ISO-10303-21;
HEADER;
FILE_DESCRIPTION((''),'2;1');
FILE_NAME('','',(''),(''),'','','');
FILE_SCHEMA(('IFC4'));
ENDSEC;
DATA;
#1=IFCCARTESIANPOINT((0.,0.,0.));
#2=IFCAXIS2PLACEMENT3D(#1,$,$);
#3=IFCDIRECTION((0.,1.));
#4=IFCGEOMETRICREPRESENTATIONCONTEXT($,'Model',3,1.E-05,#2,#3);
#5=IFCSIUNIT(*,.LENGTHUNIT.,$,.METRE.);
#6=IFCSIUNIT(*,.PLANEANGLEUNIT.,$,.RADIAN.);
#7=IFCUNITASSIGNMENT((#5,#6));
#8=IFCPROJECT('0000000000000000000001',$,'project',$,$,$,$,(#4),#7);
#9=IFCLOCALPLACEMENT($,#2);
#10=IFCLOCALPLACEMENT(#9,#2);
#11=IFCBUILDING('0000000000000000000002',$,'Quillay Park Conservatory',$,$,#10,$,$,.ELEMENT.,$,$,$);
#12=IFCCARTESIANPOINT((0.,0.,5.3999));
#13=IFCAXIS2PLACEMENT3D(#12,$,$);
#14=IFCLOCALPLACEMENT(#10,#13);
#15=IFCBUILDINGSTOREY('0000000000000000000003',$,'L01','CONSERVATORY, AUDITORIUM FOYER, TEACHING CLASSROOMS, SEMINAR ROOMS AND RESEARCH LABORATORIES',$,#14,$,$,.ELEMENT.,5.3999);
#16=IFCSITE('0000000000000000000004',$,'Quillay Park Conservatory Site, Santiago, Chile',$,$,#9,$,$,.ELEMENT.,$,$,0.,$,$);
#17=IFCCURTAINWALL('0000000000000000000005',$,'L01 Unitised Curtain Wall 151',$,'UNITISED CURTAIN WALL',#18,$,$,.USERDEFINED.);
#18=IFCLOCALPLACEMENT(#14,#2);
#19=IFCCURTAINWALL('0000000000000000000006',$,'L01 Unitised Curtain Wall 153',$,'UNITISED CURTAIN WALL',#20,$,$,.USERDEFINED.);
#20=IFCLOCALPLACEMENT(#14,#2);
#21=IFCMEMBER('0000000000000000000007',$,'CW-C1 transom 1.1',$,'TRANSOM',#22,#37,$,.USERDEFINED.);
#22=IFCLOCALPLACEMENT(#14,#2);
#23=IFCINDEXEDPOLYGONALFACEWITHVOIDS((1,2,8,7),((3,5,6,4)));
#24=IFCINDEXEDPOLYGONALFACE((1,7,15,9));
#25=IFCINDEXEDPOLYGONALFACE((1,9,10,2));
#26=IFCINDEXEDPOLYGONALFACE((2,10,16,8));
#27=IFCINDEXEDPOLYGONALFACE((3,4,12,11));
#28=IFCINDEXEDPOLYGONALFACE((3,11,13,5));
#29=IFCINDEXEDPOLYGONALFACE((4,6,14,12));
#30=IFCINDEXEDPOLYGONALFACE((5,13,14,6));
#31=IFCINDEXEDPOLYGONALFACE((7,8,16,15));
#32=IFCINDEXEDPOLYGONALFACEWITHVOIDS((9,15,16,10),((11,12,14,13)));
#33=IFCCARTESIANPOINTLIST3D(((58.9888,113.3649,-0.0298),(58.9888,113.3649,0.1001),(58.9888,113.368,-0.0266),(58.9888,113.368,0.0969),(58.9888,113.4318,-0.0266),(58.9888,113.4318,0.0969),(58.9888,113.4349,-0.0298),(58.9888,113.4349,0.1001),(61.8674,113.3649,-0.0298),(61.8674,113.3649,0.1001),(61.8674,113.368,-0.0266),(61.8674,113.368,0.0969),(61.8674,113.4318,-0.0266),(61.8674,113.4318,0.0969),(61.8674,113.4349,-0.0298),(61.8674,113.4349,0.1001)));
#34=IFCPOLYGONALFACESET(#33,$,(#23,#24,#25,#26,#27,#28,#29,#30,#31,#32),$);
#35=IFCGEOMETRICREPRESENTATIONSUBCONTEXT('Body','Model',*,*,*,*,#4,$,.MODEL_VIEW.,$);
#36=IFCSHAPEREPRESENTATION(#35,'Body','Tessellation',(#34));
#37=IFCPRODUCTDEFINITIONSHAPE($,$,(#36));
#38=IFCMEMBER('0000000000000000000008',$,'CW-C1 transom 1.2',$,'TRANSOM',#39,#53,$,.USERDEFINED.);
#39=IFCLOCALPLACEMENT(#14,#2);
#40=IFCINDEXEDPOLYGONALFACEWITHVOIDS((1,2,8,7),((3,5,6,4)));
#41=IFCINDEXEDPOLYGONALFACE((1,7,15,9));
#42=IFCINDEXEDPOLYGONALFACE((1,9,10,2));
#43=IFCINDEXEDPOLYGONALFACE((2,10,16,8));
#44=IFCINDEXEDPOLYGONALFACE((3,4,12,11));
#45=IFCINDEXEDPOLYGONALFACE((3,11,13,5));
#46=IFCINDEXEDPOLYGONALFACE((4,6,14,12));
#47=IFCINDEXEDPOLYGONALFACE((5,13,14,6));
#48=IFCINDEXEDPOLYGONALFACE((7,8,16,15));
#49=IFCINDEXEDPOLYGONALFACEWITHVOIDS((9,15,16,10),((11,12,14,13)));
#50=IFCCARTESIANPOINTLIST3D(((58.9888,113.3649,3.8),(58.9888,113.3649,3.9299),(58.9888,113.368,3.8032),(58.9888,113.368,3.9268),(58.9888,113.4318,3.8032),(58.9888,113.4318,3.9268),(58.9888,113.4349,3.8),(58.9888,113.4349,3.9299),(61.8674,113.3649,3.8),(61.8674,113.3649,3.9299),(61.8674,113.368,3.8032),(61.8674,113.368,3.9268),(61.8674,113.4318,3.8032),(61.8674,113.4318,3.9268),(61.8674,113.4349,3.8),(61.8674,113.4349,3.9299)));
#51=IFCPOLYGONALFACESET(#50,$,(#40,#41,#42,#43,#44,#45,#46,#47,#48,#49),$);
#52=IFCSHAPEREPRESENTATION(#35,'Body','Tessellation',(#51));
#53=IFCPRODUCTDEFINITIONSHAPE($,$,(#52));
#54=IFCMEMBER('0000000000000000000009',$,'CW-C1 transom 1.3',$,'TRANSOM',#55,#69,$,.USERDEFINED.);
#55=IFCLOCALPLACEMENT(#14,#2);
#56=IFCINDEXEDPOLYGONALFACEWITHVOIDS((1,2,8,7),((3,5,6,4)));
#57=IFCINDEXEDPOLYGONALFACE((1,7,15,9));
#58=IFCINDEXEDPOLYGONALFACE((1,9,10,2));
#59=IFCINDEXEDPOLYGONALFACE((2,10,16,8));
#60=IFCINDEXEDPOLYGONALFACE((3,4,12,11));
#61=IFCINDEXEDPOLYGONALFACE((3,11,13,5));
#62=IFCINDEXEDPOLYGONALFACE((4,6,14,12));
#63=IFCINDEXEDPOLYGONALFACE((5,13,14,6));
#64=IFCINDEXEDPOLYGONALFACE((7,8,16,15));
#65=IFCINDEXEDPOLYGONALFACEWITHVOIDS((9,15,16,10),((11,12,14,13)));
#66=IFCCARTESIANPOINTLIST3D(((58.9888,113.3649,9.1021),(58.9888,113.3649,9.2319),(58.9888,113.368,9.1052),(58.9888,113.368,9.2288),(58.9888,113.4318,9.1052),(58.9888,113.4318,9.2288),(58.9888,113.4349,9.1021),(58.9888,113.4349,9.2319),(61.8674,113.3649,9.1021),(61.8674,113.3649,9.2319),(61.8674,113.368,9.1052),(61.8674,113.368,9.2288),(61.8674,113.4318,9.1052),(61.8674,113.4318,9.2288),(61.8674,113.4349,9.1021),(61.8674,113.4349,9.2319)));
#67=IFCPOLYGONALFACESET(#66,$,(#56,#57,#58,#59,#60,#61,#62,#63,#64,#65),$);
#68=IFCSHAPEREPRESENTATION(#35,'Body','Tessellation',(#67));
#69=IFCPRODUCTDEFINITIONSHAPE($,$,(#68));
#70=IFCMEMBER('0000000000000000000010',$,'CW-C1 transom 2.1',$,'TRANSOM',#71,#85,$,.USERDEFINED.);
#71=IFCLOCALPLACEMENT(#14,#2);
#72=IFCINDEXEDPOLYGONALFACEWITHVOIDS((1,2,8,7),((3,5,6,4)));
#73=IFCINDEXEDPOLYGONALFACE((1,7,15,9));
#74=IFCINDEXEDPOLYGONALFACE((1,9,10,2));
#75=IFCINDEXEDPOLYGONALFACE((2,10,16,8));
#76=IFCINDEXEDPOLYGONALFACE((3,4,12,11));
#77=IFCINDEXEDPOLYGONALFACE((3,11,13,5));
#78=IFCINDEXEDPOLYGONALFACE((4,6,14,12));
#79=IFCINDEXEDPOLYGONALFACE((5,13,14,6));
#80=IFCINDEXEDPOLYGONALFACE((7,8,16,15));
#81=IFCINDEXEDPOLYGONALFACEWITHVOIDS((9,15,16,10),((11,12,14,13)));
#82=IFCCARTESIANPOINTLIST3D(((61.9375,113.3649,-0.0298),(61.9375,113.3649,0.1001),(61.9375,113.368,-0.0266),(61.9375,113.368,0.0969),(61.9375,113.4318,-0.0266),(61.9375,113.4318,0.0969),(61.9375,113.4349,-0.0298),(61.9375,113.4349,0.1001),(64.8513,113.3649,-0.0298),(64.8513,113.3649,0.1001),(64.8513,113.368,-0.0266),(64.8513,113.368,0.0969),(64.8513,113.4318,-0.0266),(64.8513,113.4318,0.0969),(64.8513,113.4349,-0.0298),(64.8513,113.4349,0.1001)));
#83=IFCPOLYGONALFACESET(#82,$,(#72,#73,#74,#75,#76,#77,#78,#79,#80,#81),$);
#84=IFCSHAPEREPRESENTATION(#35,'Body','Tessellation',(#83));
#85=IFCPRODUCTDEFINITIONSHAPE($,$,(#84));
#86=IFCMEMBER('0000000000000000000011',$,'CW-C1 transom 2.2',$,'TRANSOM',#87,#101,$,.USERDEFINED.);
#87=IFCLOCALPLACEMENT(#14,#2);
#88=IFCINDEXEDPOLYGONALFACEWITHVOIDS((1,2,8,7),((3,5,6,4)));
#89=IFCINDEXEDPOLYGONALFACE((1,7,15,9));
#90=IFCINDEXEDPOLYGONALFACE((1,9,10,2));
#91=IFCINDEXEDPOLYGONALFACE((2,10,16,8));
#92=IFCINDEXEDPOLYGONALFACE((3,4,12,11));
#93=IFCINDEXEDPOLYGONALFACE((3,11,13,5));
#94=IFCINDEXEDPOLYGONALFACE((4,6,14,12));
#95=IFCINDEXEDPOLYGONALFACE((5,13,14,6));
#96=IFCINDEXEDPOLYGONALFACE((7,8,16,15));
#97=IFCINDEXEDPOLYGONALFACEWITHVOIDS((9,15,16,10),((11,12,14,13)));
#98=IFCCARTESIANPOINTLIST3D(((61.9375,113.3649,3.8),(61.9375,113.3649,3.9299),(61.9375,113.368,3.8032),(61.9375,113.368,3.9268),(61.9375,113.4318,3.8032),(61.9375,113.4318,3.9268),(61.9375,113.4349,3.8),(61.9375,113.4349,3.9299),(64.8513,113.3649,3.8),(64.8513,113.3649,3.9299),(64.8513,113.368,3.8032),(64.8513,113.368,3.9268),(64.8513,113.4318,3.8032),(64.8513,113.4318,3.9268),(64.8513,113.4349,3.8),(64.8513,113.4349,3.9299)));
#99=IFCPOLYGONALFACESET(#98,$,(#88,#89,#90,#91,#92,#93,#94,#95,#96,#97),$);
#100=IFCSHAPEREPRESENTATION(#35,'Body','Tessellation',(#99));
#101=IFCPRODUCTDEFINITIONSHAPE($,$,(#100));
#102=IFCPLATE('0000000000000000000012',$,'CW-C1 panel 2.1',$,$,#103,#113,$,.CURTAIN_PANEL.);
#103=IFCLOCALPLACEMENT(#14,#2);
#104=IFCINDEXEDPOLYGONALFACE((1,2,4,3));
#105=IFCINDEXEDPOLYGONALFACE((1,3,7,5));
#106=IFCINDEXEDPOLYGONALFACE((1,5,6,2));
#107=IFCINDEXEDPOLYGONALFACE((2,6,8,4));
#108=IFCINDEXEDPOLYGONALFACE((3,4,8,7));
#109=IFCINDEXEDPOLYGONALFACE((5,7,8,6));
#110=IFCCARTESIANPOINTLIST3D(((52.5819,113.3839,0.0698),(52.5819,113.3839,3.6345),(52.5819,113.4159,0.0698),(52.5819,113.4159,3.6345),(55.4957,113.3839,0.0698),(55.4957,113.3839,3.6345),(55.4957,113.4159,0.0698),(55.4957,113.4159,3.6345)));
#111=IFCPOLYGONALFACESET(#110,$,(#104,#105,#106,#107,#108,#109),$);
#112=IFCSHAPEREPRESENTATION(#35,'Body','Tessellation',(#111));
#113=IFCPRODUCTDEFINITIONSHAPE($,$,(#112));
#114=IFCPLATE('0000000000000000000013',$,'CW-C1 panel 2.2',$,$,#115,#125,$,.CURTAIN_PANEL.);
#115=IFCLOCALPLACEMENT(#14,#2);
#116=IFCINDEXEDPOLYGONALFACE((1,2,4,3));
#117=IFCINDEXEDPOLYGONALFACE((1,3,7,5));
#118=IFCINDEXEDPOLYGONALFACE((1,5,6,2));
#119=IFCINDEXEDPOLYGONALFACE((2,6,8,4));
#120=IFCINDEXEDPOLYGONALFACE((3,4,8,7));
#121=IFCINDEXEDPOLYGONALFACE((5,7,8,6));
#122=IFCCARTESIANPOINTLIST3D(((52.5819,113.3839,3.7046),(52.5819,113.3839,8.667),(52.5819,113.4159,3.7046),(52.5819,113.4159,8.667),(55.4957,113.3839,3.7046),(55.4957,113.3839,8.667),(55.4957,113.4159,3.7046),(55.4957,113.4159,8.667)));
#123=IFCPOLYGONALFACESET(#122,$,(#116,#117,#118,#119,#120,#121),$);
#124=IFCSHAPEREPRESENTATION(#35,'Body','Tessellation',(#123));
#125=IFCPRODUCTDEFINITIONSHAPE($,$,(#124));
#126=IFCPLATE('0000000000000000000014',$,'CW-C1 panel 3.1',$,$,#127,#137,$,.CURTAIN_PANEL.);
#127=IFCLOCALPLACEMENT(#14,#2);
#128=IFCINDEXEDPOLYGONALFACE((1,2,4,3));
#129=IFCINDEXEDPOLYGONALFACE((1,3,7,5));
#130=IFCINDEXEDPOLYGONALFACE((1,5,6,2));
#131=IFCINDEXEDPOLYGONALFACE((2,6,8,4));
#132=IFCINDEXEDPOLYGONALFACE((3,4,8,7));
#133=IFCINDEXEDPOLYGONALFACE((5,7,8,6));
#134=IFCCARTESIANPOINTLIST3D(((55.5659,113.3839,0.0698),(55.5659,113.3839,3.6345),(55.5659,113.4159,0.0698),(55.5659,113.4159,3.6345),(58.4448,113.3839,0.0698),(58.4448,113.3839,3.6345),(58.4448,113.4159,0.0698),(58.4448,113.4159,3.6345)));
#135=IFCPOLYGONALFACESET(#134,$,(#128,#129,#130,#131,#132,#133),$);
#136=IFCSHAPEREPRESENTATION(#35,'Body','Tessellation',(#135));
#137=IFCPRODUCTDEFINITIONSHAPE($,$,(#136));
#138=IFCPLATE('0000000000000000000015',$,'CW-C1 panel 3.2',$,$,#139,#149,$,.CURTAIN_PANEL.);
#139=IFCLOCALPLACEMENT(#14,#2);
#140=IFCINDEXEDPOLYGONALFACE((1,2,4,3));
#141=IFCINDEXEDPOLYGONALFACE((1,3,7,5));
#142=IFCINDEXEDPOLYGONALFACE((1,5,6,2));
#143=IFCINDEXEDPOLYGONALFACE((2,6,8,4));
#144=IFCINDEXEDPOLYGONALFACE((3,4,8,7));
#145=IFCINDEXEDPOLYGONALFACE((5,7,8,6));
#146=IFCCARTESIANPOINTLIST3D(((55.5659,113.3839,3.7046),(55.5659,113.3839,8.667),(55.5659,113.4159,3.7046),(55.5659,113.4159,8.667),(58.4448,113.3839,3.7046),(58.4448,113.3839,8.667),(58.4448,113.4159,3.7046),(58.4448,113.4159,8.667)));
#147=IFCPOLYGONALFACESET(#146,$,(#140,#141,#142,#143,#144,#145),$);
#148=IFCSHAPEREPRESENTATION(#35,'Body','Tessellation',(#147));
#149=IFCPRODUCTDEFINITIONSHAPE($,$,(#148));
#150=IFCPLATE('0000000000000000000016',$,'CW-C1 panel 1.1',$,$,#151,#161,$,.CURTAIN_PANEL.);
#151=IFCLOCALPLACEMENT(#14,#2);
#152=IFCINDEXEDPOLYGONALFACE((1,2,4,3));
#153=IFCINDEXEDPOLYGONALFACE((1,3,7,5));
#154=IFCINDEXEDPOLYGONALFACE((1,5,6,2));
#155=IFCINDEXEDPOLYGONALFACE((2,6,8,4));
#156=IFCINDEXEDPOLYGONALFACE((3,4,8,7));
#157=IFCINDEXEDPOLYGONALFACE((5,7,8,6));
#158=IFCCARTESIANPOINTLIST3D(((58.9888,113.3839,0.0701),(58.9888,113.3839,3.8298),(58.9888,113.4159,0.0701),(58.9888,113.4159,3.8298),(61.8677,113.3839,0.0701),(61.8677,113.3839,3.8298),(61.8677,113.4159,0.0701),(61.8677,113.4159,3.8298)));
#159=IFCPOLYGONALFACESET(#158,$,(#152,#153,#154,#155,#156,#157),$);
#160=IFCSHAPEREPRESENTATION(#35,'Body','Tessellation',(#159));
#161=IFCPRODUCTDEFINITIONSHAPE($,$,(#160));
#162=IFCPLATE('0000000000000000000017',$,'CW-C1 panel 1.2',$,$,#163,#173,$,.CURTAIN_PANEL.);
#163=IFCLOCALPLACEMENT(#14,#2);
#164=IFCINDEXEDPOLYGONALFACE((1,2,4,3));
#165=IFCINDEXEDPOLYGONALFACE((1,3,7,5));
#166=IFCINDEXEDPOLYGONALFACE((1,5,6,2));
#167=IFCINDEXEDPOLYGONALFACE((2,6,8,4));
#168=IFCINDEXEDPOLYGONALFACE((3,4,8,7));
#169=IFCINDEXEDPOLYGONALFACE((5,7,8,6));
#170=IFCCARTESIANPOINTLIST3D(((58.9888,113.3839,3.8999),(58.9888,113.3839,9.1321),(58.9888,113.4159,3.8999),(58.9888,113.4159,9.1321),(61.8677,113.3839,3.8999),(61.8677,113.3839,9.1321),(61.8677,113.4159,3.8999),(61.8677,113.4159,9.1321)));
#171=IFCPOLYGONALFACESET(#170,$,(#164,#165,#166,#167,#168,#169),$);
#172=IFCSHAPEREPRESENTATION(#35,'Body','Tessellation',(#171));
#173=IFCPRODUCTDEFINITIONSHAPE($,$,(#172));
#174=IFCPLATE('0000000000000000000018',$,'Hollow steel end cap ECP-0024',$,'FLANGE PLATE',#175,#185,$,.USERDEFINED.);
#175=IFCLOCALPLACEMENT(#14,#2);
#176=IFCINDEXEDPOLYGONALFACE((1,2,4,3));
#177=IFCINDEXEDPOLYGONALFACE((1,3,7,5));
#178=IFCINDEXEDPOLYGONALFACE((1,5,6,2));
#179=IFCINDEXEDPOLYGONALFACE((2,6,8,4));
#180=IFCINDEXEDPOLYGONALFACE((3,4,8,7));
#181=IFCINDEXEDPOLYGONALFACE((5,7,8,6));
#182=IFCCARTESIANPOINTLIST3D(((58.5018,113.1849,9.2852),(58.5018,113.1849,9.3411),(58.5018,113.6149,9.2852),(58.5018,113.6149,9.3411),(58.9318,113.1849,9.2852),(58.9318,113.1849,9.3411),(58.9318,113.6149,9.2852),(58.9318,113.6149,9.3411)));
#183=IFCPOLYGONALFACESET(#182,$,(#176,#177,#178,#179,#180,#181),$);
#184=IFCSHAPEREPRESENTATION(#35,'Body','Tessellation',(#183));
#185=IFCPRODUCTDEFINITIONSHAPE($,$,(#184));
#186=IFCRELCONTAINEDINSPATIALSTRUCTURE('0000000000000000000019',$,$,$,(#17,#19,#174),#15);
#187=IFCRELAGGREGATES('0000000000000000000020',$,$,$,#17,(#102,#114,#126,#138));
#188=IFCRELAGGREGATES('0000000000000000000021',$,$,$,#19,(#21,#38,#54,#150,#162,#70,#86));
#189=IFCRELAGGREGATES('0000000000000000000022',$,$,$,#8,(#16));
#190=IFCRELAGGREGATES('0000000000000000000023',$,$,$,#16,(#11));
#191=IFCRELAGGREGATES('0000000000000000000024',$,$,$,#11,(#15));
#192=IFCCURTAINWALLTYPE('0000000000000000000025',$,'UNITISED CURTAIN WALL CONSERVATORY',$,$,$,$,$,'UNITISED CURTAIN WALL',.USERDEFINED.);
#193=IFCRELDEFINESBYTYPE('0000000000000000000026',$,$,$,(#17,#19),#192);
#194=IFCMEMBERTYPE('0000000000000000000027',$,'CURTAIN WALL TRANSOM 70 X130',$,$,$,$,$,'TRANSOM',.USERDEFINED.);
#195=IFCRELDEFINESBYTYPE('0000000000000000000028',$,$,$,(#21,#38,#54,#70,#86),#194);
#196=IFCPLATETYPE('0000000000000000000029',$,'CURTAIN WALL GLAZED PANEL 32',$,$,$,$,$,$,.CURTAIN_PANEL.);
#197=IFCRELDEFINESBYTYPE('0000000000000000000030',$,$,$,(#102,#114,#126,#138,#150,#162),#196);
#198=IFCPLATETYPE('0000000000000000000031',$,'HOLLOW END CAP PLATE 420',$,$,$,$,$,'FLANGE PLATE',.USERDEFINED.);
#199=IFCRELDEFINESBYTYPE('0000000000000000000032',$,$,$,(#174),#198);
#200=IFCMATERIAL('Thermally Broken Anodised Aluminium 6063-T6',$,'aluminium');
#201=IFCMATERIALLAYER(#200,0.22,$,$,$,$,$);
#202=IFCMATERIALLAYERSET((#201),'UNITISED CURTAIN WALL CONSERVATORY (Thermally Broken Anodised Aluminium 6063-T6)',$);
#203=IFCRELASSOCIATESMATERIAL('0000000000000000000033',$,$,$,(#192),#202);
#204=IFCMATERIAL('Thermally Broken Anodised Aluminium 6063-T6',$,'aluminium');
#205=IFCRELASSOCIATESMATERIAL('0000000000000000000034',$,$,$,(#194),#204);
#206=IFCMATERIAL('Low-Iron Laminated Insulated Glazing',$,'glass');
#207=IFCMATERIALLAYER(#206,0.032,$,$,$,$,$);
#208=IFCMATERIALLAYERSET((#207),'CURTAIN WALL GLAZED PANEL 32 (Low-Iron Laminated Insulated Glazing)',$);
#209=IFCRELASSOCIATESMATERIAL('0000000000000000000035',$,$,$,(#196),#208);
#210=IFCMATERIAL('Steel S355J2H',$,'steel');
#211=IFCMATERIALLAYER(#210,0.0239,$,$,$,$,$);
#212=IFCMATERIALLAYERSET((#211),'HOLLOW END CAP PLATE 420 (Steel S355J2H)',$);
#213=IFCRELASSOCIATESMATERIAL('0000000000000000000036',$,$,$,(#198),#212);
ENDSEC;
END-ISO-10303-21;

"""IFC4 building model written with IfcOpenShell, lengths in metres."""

from ifc_helpers import new_model, si_unit, direction, frame, origin, origin_2d, place, context, subcontext, project, spatial, rectangle, hollow_rectangle, extrude, material, layer, layer_set, material_profile, profile_set, type_object, element, aggregate, save


model = new_model("IFC4")

# Units and contexts
model_context = context("Model", 3, precision=1e-05, world=origin(), true_north=direction((0.0, 1.0)))
body_context = subcontext(model_context, "Body", "Model", "MODEL_VIEW")
ifc_project = project(units=[si_unit("LENGTHUNIT", "METRE"), si_unit("PLANEANGLEUNIT", "RADIAN")], contexts=[model_context])

# Site, building, storey
site_placement = place(None, origin())
site = spatial("IfcSite", under=ifc_project, at=site_placement, Name="Quillay Park Conservatory Site, Santiago, Chile", CompositionType="ELEMENT", RefElevation=0.0)
building_placement = place(site_placement, origin())
building = spatial("IfcBuilding", under=site, at=building_placement, Name="Quillay Park Conservatory", CompositionType="ELEMENT")
storey_placement = place(building_placement, frame((0.0, 0.0, 5.3999)))
storey = spatial("IfcBuildingStorey", under=building, at=storey_placement, Name="L01", Description="CONSERVATORY, AUDITORIUM FOYER, TEACHING CLASSROOMS, SEMINAR ROOMS AND RESEARCH LABORATORIES", CompositionType="ELEMENT", Elevation=5.3999)

# Curtain walls
ifc_material_1 = material(Name="Thermally Broken Anodised Aluminium 6063-T6", Category="aluminium")
ifc_layer_1 = layer(ifc_material_1, 0.22)
ifc_layer_set_1 = layer_set([ifc_layer_1], Name="UNITISED CURTAIN WALL CONSERVATORY (Thermally Broken Anodised Aluminium 6063-T6)")
curtain_wall_type = type_object("IfcCurtainWallType", Name="UNITISED CURTAIN WALL CONSERVATORY", ElementType="UNITISED CURTAIN WALL", PredefinedType="USERDEFINED", material=ifc_layer_set_1)
curtain_wall_1_placement = place(storey_placement, origin())
curtain_wall_1 = element("IfcCurtainWall", 1, at=curtain_wall_1_placement, inside=storey, type_object=curtain_wall_type, Name="L01 Unitised Curtain Wall 151", ObjectType="UNITISED CURTAIN WALL", PredefinedType="USERDEFINED")
curtain_wall_2_placement = place(storey_placement, origin())
curtain_wall_2 = element("IfcCurtainWall", 2, at=curtain_wall_2_placement, inside=storey, type_object=curtain_wall_type, Name="L01 Unitised Curtain Wall 153", ObjectType="UNITISED CURTAIN WALL", PredefinedType="USERDEFINED")

# Members
ifc_material_2 = material(Name="Thermally Broken Anodised Aluminium 6063-T6", Category="aluminium")
ifc_material_profile_1 = material_profile(ifc_material_2, hollow_rectangle(XDim=0.0701, YDim=0.1299, WallThickness=0.0032, at=origin_2d()), Name="AL70x130x3.2")
ifc_profile_set_1 = profile_set([ifc_material_profile_1], Name="Thermally Broken Anodised Aluminium 6063-T6")
member_type_1 = type_object("IfcMemberType", Name="CURTAIN WALL TRANSOM 70 X130", ElementType="TRANSOM", PredefinedType="USERDEFINED", material=ifc_profile_set_1)
member_1_placement = place(storey_placement, frame((58.9888, 113.3999, 0.0352), z_axis=(1.0, 0.0, 0.0), x_axis=(0.0, 1.0, 0.0)))
member_1 = element("IfcMember", 3, at=member_1_placement, type_object=member_type_1, Name="CW-C1 transom 1.1", ObjectType="TRANSOM", PredefinedType="USERDEFINED", context=body_context, shape_type="SweptSolid", body=[
    extrude(hollow_rectangle(XDim=0.0701, YDim=0.1299, WallThickness=0.0032, at=origin_2d()), origin(), (0.0, 0.0, 1.0), 2.8787),
])
member_2_placement = place(storey_placement, frame((58.9888, 113.3999, 3.865), z_axis=(1.0, 0.0, 0.0), x_axis=(0.0, 1.0, 0.0)))
member_2 = element("IfcMember", 4, at=member_2_placement, type_object=member_type_1, Name="CW-C1 transom 1.2", ObjectType="TRANSOM", PredefinedType="USERDEFINED", context=body_context, shape_type="SweptSolid", body=[
    extrude(hollow_rectangle(XDim=0.0701, YDim=0.1299, WallThickness=0.0032, at=origin_2d()), origin(), (0.0, 0.0, 1.0), 2.8787),
])
member_3_placement = place(storey_placement, frame((58.9888, 113.3999, 9.167), z_axis=(1.0, 0.0, 0.0), x_axis=(0.0, 1.0, 0.0)))
member_3 = element("IfcMember", 5, at=member_3_placement, type_object=member_type_1, Name="CW-C1 transom 1.3", ObjectType="TRANSOM", PredefinedType="USERDEFINED", context=body_context, shape_type="SweptSolid", body=[
    extrude(hollow_rectangle(XDim=0.0701, YDim=0.1299, WallThickness=0.0032, at=origin_2d()), origin(), (0.0, 0.0, 1.0), 2.8787),
])
member_4_placement = place(storey_placement, frame((61.9375, 113.3999, 0.0352), z_axis=(1.0, 0.0, 0.0), x_axis=(0.0, 1.0, 0.0)))
member_4 = element("IfcMember", 6, at=member_4_placement, type_object=member_type_1, Name="CW-C1 transom 2.1", ObjectType="TRANSOM", PredefinedType="USERDEFINED", context=body_context, shape_type="SweptSolid", body=[
    extrude(hollow_rectangle(XDim=0.0701, YDim=0.1299, WallThickness=0.0032, at=origin_2d()), origin(), (0.0, 0.0, 1.0), 2.9138),
])
member_5_placement = place(storey_placement, frame((61.9375, 113.3999, 3.865), z_axis=(1.0, 0.0, 0.0), x_axis=(0.0, 1.0, 0.0)))
member_5 = element("IfcMember", 7, at=member_5_placement, type_object=member_type_1, Name="CW-C1 transom 2.2", ObjectType="TRANSOM", PredefinedType="USERDEFINED", context=body_context, shape_type="SweptSolid", body=[
    extrude(hollow_rectangle(XDim=0.0701, YDim=0.1299, WallThickness=0.0032, at=origin_2d()), origin(), (0.0, 0.0, 1.0), 2.9138),
])

# Plates
ifc_material_3 = material(Name="Low-Iron Laminated Insulated Glazing", Category="glass")
ifc_layer_2 = layer(ifc_material_3, 0.032)
ifc_layer_set_2 = layer_set([ifc_layer_2], Name="CURTAIN WALL GLAZED PANEL 32 (Low-Iron Laminated Insulated Glazing)")
plate_type_1 = type_object("IfcPlateType", Name="CURTAIN WALL GLAZED PANEL 32", PredefinedType="CURTAIN_PANEL", material=ifc_layer_set_2)
plate_1_placement = place(storey_placement, frame((54.0388, 113.3999, 0.0698), z_axis=(0.0, 0.0, 1.0), x_axis=(1.0, 0.0, 0.0)))
plate_1 = element("IfcPlate", 8, at=plate_1_placement, type_object=plate_type_1, Name="CW-C1 panel 2.1", PredefinedType="CURTAIN_PANEL", context=body_context, shape_type="SweptSolid", body=[
    extrude(rectangle(XDim=2.9138, YDim=0.032, at=origin_2d()), origin(), (0.0, 0.0, 1.0), 3.5647),
])
plate_2_placement = place(storey_placement, frame((54.0388, 113.3999, 3.7046), z_axis=(0.0, 0.0, 1.0), x_axis=(1.0, 0.0, 0.0)))
plate_2 = element("IfcPlate", 9, at=plate_2_placement, type_object=plate_type_1, Name="CW-C1 panel 2.2", PredefinedType="CURTAIN_PANEL", context=body_context, shape_type="SweptSolid", body=[
    extrude(rectangle(XDim=2.9138, YDim=0.032, at=origin_2d()), origin(), (0.0, 0.0, 1.0), 4.9624),
])
plate_3_placement = place(storey_placement, frame((57.0054, 113.3999, 0.0698), z_axis=(0.0, 0.0, 1.0), x_axis=(1.0, 0.0, 0.0)))
plate_3 = element("IfcPlate", 10, at=plate_3_placement, type_object=plate_type_1, Name="CW-C1 panel 3.1", PredefinedType="CURTAIN_PANEL", context=body_context, shape_type="SweptSolid", body=[
    extrude(rectangle(XDim=2.8789, YDim=0.032, at=origin_2d()), origin(), (0.0, 0.0, 1.0), 3.5647),
])
plate_4_placement = place(storey_placement, frame((57.0054, 113.3999, 3.7046), z_axis=(0.0, 0.0, 1.0), x_axis=(1.0, 0.0, 0.0)))
plate_4 = element("IfcPlate", 11, at=plate_4_placement, type_object=plate_type_1, Name="CW-C1 panel 3.2", PredefinedType="CURTAIN_PANEL", context=body_context, shape_type="SweptSolid", body=[
    extrude(rectangle(XDim=2.8789, YDim=0.032, at=origin_2d()), origin(), (0.0, 0.0, 1.0), 4.9624),
])
aggregate(curtain_wall_1, [plate_1, plate_2, plate_3, plate_4])
plate_5_placement = place(storey_placement, frame((60.4282, 113.3999, 0.0701), z_axis=(0.0, 0.0, 1.0), x_axis=(1.0, 0.0, 0.0)))
plate_5 = element("IfcPlate", 12, at=plate_5_placement, type_object=plate_type_1, Name="CW-C1 panel 1.1", PredefinedType="CURTAIN_PANEL", context=body_context, shape_type="SweptSolid", body=[
    extrude(rectangle(XDim=2.8789, YDim=0.032, at=origin_2d()), origin(), (0.0, 0.0, 1.0), 3.7598),
])
plate_6_placement = place(storey_placement, frame((60.4282, 113.3999, 3.8999), z_axis=(0.0, 0.0, 1.0), x_axis=(1.0, 0.0, 0.0)))
plate_6 = element("IfcPlate", 13, at=plate_6_placement, type_object=plate_type_1, Name="CW-C1 panel 1.2", PredefinedType="CURTAIN_PANEL", context=body_context, shape_type="SweptSolid", body=[
    extrude(rectangle(XDim=2.8789, YDim=0.032, at=origin_2d()), origin(), (0.0, 0.0, 1.0), 5.2322),
])
aggregate(curtain_wall_2, [member_1, member_2, member_3, plate_5, plate_6, member_4, member_5])
ifc_material_4 = material(Name="Steel S355J2H", Category="steel")
ifc_layer_3 = layer(ifc_material_4, 0.0239)
ifc_layer_set_3 = layer_set([ifc_layer_3], Name="HOLLOW END CAP PLATE 420 (Steel S355J2H)")
plate_type_2 = type_object("IfcPlateType", Name="HOLLOW END CAP PLATE 420", ElementType="FLANGE PLATE", PredefinedType="USERDEFINED", material=ifc_layer_set_3)
plate_7_placement = place(storey_placement, frame((58.7168, 113.3999, 9.2852), z_axis=(0.0, 0.0, 1.0), x_axis=(1.0, 0.0, 0.0)))
element("IfcPlate", 14, at=plate_7_placement, inside=storey, type_object=plate_type_2, Name="Hollow steel end cap ECP-0024", ObjectType="FLANGE PLATE", PredefinedType="USERDEFINED", context=body_context, shape_type="SweptSolid", body=[
    extrude(rectangle(XDim=0.4299, YDim=0.4299, at=origin_2d()), origin(), (0.0, 0.0, 1.0), 0.0559),
])

save(model, "model.ifc")
